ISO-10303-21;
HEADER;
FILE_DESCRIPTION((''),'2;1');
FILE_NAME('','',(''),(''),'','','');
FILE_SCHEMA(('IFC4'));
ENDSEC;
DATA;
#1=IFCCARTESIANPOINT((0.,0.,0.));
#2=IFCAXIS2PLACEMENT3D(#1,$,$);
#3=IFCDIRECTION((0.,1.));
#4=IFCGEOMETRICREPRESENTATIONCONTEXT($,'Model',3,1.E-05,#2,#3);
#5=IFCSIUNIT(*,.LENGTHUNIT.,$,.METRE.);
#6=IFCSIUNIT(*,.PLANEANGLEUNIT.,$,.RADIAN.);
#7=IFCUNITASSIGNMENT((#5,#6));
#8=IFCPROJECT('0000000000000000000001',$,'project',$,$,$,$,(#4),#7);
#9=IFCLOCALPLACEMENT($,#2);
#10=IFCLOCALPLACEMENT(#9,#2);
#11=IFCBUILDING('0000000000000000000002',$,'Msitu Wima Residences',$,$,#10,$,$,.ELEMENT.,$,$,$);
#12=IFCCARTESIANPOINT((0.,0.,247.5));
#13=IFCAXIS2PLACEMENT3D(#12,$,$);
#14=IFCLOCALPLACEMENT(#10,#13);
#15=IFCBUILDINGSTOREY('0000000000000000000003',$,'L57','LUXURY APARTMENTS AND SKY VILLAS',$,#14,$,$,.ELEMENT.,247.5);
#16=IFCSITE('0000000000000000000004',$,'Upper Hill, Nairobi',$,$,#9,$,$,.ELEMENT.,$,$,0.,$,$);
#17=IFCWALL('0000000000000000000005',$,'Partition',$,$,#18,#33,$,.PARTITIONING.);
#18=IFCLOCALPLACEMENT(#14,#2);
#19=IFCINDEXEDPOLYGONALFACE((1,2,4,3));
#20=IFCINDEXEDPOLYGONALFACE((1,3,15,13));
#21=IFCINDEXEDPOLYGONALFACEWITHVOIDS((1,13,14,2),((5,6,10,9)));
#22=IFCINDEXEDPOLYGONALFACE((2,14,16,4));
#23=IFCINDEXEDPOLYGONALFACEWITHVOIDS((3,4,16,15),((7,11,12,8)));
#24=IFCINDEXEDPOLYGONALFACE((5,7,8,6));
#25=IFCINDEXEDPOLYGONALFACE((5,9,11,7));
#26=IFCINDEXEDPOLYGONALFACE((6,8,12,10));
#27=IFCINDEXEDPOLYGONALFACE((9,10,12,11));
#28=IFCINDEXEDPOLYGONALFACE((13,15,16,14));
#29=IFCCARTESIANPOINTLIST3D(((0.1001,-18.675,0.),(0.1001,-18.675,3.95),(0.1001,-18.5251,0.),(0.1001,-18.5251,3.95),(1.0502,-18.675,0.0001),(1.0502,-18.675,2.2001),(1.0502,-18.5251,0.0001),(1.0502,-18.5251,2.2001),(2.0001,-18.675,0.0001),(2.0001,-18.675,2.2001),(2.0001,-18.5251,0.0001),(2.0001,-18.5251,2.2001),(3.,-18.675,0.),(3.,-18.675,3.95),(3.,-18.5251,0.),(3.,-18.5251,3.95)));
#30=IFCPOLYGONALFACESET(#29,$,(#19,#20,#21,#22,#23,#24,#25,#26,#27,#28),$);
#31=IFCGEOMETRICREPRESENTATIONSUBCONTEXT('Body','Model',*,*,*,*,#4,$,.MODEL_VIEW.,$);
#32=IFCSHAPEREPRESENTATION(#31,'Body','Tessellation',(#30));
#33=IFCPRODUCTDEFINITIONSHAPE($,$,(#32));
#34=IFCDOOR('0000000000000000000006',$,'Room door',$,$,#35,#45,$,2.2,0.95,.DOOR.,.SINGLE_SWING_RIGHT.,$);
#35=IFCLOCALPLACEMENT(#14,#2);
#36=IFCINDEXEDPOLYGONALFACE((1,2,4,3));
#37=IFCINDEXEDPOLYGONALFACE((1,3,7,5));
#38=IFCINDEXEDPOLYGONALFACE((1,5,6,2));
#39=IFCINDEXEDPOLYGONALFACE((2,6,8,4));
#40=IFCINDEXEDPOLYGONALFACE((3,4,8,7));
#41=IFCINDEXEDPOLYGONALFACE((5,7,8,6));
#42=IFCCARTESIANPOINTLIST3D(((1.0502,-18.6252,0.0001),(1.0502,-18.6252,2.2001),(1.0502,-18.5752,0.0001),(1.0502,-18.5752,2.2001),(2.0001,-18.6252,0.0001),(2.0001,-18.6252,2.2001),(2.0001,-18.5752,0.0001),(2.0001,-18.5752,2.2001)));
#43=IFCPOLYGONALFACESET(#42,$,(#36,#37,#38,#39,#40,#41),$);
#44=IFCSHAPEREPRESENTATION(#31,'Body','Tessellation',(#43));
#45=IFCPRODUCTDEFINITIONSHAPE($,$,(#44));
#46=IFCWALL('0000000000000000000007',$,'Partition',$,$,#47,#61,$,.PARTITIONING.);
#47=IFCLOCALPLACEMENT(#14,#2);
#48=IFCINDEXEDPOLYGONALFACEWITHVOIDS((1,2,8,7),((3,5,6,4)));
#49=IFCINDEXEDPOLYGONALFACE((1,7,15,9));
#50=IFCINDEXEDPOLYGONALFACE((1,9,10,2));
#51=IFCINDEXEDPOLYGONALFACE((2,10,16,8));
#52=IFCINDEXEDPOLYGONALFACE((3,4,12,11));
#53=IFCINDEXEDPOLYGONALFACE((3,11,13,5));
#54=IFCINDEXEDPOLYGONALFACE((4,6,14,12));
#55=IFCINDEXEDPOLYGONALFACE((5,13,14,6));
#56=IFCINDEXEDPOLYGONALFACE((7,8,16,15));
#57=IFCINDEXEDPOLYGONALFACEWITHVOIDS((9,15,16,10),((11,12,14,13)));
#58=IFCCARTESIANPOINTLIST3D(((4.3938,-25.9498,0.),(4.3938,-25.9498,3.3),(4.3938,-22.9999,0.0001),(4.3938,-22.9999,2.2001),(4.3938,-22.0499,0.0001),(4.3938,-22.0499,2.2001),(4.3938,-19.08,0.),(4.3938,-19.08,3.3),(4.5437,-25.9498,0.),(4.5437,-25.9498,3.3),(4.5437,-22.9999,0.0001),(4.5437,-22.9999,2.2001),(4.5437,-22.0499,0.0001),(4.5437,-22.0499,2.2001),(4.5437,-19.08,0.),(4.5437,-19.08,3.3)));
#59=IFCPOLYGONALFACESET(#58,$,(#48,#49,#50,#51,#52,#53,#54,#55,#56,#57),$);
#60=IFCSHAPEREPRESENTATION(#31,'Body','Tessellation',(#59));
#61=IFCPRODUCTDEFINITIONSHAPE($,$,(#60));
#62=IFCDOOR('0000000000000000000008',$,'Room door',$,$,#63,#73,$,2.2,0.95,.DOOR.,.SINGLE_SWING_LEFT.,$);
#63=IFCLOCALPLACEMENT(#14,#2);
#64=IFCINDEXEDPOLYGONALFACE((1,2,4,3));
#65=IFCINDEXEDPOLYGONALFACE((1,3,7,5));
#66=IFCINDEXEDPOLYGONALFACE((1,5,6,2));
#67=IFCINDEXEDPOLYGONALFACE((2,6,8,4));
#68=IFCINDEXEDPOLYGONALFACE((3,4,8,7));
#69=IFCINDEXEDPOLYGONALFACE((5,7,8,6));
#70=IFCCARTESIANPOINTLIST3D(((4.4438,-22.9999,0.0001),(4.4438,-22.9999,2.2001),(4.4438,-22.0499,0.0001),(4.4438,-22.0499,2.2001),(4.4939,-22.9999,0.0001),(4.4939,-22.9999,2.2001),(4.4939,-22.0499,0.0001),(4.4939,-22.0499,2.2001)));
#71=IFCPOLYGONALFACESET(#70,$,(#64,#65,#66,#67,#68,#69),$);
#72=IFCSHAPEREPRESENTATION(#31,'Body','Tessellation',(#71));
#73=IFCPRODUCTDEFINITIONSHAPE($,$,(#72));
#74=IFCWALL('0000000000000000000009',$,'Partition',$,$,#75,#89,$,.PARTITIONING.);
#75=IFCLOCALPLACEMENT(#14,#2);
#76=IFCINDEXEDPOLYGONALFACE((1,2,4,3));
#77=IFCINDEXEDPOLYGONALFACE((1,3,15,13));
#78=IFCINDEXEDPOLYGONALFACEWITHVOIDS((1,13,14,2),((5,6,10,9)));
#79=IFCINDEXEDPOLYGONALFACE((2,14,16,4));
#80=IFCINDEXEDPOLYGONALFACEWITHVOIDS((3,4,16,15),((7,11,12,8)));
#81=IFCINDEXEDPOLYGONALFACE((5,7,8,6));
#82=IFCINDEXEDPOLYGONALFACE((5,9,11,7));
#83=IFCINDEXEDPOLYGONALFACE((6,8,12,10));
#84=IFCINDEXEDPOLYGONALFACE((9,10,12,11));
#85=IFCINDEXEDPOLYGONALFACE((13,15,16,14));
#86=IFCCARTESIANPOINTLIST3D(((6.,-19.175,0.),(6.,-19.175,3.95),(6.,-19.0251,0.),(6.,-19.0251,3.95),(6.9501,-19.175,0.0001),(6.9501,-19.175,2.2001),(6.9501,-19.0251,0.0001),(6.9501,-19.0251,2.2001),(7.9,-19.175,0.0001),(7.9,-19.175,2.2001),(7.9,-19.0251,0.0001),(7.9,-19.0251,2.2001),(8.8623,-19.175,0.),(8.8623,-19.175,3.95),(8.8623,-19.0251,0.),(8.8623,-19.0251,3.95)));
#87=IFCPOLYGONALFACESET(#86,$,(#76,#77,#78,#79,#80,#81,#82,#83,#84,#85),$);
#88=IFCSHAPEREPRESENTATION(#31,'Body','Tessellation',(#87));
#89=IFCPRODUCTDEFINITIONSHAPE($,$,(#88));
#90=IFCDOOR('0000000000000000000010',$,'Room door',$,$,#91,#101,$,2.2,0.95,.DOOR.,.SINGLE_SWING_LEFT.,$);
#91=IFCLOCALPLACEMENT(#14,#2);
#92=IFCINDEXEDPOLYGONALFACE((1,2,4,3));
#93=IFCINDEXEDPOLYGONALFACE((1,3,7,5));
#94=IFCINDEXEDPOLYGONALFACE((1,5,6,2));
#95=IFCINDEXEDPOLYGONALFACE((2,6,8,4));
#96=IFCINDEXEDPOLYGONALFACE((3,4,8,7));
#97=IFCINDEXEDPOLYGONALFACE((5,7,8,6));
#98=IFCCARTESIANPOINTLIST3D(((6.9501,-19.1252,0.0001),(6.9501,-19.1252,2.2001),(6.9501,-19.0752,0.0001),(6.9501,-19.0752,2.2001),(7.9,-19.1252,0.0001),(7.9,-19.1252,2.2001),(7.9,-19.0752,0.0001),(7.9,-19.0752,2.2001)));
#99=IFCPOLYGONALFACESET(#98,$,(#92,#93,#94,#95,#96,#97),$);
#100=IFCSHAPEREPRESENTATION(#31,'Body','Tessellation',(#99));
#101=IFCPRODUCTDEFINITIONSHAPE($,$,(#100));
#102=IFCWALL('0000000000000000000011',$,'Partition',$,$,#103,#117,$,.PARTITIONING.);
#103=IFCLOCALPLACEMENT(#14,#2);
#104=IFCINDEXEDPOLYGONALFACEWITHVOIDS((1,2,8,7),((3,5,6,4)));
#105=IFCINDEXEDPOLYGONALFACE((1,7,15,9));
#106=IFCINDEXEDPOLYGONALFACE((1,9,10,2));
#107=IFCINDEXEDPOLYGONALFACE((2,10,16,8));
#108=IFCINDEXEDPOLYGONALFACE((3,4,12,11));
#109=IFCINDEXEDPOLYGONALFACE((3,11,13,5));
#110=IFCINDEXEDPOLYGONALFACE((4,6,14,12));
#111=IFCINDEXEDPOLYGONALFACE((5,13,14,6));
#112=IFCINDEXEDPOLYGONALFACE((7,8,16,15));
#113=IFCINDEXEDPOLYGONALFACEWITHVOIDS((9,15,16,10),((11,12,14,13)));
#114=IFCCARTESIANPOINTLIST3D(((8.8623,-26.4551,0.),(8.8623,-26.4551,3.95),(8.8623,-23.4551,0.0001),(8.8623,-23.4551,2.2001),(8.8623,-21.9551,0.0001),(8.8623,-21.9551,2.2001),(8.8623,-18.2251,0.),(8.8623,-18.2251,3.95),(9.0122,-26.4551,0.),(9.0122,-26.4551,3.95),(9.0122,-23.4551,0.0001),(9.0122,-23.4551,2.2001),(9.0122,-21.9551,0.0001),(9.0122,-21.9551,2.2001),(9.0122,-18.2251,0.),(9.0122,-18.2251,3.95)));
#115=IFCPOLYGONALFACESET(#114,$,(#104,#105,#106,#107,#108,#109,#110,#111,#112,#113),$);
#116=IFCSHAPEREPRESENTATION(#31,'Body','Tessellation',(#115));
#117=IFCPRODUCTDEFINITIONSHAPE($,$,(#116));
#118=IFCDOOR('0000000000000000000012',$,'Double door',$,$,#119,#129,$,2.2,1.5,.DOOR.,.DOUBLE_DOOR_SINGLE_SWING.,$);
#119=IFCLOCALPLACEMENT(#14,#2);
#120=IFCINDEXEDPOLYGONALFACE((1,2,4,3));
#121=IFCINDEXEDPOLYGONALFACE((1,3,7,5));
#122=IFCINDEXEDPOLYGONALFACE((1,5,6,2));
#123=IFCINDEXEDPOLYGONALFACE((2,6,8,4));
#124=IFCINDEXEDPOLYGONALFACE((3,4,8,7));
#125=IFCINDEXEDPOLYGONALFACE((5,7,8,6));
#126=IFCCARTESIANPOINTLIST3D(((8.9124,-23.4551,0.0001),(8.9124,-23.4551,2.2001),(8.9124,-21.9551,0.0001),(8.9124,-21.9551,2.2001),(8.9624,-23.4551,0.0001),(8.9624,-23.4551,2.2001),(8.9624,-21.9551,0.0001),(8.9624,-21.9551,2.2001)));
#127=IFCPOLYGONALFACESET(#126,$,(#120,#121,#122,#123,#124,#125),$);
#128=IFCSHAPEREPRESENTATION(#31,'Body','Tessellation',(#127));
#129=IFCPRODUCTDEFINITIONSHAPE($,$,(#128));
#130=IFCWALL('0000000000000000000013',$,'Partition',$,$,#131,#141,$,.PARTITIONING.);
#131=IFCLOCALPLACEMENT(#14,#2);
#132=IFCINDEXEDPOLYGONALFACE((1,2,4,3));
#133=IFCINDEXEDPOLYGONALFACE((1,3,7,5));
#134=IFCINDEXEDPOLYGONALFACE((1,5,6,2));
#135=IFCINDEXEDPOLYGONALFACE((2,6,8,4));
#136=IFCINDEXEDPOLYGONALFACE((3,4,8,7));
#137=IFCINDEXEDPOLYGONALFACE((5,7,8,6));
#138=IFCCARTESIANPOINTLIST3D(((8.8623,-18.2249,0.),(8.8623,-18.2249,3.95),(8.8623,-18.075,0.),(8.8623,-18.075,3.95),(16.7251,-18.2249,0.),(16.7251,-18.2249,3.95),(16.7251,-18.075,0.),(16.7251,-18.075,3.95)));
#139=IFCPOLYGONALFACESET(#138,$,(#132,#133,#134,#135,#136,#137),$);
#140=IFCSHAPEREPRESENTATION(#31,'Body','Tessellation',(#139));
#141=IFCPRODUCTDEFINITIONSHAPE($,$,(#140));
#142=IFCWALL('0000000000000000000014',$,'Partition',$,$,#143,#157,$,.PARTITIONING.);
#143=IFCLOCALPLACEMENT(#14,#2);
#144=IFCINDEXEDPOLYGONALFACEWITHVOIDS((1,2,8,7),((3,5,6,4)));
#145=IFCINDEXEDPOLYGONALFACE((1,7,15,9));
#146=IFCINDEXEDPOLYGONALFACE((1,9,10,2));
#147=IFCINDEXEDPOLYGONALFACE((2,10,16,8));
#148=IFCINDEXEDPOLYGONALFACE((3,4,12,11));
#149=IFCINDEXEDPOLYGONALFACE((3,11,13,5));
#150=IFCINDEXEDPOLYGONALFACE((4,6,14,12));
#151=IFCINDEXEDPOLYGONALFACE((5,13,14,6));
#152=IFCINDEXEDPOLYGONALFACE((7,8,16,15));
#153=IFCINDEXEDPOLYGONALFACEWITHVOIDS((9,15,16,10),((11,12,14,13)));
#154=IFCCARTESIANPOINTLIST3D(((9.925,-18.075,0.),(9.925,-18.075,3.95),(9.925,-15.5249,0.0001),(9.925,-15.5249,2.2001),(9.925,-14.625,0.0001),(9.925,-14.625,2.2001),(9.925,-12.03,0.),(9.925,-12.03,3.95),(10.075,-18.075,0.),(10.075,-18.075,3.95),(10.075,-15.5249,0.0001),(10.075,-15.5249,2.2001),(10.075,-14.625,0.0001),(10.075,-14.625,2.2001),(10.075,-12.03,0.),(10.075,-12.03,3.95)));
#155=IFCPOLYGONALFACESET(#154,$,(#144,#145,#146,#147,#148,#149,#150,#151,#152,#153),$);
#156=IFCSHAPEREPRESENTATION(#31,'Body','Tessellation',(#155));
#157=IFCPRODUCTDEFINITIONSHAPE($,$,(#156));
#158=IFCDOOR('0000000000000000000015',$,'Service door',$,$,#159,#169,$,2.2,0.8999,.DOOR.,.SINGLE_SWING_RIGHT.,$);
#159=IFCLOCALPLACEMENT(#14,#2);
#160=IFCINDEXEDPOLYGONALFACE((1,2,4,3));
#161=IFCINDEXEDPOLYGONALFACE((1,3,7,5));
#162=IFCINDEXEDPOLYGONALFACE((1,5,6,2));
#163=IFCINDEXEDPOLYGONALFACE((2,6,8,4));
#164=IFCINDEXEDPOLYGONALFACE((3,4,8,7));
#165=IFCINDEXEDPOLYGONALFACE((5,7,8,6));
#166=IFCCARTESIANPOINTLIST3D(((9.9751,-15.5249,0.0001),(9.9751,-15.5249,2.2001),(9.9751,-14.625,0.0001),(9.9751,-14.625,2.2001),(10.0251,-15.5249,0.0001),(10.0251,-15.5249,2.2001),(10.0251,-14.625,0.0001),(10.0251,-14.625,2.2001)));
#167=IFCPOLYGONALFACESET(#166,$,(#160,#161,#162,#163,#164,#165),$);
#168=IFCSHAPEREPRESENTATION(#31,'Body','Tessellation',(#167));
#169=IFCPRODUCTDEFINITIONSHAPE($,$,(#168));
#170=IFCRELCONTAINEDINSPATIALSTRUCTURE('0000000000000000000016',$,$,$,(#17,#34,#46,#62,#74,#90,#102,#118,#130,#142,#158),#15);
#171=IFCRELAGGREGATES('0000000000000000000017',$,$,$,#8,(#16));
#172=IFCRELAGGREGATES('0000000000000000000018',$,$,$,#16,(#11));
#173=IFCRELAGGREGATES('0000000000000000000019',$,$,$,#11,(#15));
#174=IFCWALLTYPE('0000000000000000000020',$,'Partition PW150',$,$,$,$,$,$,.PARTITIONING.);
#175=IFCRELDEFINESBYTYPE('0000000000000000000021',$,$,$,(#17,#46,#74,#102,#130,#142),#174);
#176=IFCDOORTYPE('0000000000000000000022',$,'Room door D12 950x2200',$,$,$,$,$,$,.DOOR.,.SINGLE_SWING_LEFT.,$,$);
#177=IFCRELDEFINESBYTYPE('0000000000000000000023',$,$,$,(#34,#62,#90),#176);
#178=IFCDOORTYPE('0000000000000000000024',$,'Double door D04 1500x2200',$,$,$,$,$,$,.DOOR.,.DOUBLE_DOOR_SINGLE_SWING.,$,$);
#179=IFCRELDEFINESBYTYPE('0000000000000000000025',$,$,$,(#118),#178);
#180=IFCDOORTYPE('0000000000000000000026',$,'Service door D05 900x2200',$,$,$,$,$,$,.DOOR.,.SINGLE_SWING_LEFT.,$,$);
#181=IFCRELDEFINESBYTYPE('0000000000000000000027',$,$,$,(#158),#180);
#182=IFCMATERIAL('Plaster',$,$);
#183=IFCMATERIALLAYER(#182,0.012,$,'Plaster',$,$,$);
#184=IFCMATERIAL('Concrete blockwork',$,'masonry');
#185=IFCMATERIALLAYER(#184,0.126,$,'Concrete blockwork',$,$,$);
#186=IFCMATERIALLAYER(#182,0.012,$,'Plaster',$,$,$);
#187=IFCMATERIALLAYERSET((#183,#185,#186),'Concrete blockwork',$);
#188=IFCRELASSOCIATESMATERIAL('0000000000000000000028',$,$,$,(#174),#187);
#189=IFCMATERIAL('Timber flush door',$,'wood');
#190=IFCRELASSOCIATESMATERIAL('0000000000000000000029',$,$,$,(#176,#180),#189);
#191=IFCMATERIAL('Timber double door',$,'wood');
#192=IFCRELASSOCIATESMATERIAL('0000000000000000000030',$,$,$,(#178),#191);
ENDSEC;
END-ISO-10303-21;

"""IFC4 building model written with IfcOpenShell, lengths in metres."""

from ifc_helpers import new_model, si_unit, direction, frame, frame_2d, origin, place, context, subcontext, project, spatial, rectangle, extrude, material, layer, layer_set, type_object, element, fill, save


model = new_model("IFC4")

# Units and contexts
model_context = context("Model", 3, precision=1e-05, world=origin(), true_north=direction((0.0, 1.0)))
body_context = subcontext(model_context, "Body", "Model", "MODEL_VIEW")
ifc_project = project(units=[si_unit("LENGTHUNIT", "METRE"), si_unit("PLANEANGLEUNIT", "RADIAN")], contexts=[model_context])

# Site, building, storey
site_placement = place(None, origin())
site = spatial("IfcSite", under=ifc_project, at=site_placement, Name="Upper Hill, Nairobi", CompositionType="ELEMENT", RefElevation=0.0)
building_placement = place(site_placement, origin())
building = spatial("IfcBuilding", under=site, at=building_placement, Name="Msitu Wima Residences", CompositionType="ELEMENT")
storey_placement = place(building_placement, frame((0.0, 0.0, 247.5)))
storey = spatial("IfcBuildingStorey", under=building, at=storey_placement, Name="L57", Description="LUXURY APARTMENTS AND SKY VILLAS", CompositionType="ELEMENT", Elevation=247.5)

# Walls, openings, doors
ifc_material_1 = material(Name="Plaster")
ifc_layer_1 = layer(ifc_material_1, 0.012, Name="Plaster")
ifc_material_2 = material(Name="Concrete blockwork", Category="masonry")
ifc_layer_2 = layer(ifc_material_2, 0.126, Name="Concrete blockwork")
ifc_layer_3 = layer(ifc_material_1, 0.012, Name="Plaster")
ifc_layer_set_1 = layer_set([ifc_layer_1, ifc_layer_2, ifc_layer_3], Name="Concrete blockwork")
wall_type_1 = type_object("IfcWallType", Name="Partition PW150", PredefinedType="PARTITIONING", material=ifc_layer_set_1)
wall_1_placement = place(storey_placement, frame((0.1001, -18.6001, 0.0), z_axis=(0.0, 0.0, 1.0), x_axis=(1.0, 0.0, 0.0)))
wall_1 = element("IfcWall", 1, at=wall_1_placement, inside=storey, type_object=wall_type_1, Name="Partition", PredefinedType="PARTITIONING", context=body_context, shape_type="SweptSolid", body=[
    extrude(rectangle(XDim=2.8999, YDim=0.1499, at=frame_2d((1.45, 0.0))), origin(), (0.0, 0.0, 1.0), 3.95),
])
opening_1_placement = place(wall_1_placement, frame((0.95, 0.0, 0.0)))
opening_1 = element("IfcOpeningElement", 2, at=opening_1_placement, cuts=wall_1, PredefinedType="OPENING", context=body_context, shape_type="SweptSolid", body=[
    extrude(rectangle(XDim=0.95, YDim=2.2, at=frame_2d((0.4751, 1.1001))), frame((0.0, 0.085, 0.0), z_axis=(0.0, -1.0, 0.0), x_axis=(1.0, 0.0, 0.0)), (0.0, 0.0, 1.0), 0.1699),
])
ifc_material_3 = material(Name="Timber flush door", Category="wood")
door_type_1 = type_object("IfcDoorType", Name="Room door D12 950x2200", OperationType="SINGLE_SWING_LEFT", PredefinedType="DOOR", material=ifc_material_3)
door_1_placement = place(opening_1_placement, origin())
door_1 = element("IfcDoor", 3, at=door_1_placement, inside=storey, type_object=door_type_1, Name="Room door", OperationType="SINGLE_SWING_RIGHT", OverallHeight=2.2, OverallWidth=0.95, PredefinedType="DOOR", context=body_context, shape_type="SweptSolid", body=[
    extrude(rectangle(XDim=0.95, YDim=2.2, at=frame_2d((0.4751, 1.1001))), frame((0.0, 0.0249, 0.0), z_axis=(0.0, -1.0, 0.0), x_axis=(1.0, 0.0, 0.0)), (0.0, 0.0, 1.0), 0.05),
])
fill(opening_1, door_1)
wall_2_placement = place(storey_placement, frame((4.4688, -25.95, 0.0), z_axis=(0.0, 0.0, 1.0), x_axis=(0.0, 1.0, 0.0)))
wall_2 = element("IfcWall", 4, at=wall_2_placement, inside=storey, type_object=wall_type_1, Name="Partition", PredefinedType="PARTITIONING", context=body_context, shape_type="SweptSolid", body=[
    extrude(rectangle(XDim=6.8699, YDim=0.1499, at=frame_2d((3.4351, 0.0))), origin(), (0.0, 0.0, 1.0), 3.3),
])
opening_2_placement = place(wall_2_placement, frame((2.95, 0.0, 0.0)))
opening_2 = element("IfcOpeningElement", 5, at=opening_2_placement, cuts=wall_2, PredefinedType="OPENING", context=body_context, shape_type="SweptSolid", body=[
    extrude(rectangle(XDim=0.95, YDim=2.2, at=frame_2d((0.4751, 1.1001))), frame((0.0, 0.085, 0.0), z_axis=(0.0, -1.0, 0.0), x_axis=(1.0, 0.0, 0.0)), (0.0, 0.0, 1.0), 0.1699),
])
door_2_placement = place(opening_2_placement, origin())
door_2 = element("IfcDoor", 6, at=door_2_placement, inside=storey, type_object=door_type_1, Name="Room door", OperationType="SINGLE_SWING_LEFT", OverallHeight=2.2, OverallWidth=0.95, PredefinedType="DOOR", context=body_context, shape_type="SweptSolid", body=[
    extrude(rectangle(XDim=0.95, YDim=2.2, at=frame_2d((0.4751, 1.1001))), frame((0.0, 0.0249, 0.0), z_axis=(0.0, -1.0, 0.0), x_axis=(1.0, 0.0, 0.0)), (0.0, 0.0, 1.0), 0.05),
])
fill(opening_2, door_2)
wall_3_placement = place(storey_placement, frame((6.0, -19.1001, 0.0), z_axis=(0.0, 0.0, 1.0), x_axis=(1.0, 0.0, 0.0)))
wall_3 = element("IfcWall", 7, at=wall_3_placement, inside=storey, type_object=wall_type_1, Name="Partition", PredefinedType="PARTITIONING", context=body_context, shape_type="SweptSolid", body=[
    extrude(rectangle(XDim=2.8623, YDim=0.1499, at=frame_2d((1.4312, 0.0))), origin(), (0.0, 0.0, 1.0), 3.95),
])
opening_3_placement = place(wall_3_placement, frame((0.95, 0.0, 0.0)))
opening_3 = element("IfcOpeningElement", 8, at=opening_3_placement, cuts=wall_3, PredefinedType="OPENING", context=body_context, shape_type="SweptSolid", body=[
    extrude(rectangle(XDim=0.95, YDim=2.2, at=frame_2d((0.4751, 1.1001))), frame((0.0, 0.085, 0.0), z_axis=(0.0, -1.0, 0.0), x_axis=(1.0, 0.0, 0.0)), (0.0, 0.0, 1.0), 0.1699),
])
door_3_placement = place(opening_3_placement, origin())
door_3 = element("IfcDoor", 9, at=door_3_placement, inside=storey, type_object=door_type_1, Name="Room door", OperationType="SINGLE_SWING_LEFT", OverallHeight=2.2, OverallWidth=0.95, PredefinedType="DOOR", context=body_context, shape_type="SweptSolid", body=[
    extrude(rectangle(XDim=0.95, YDim=2.2, at=frame_2d((0.4751, 1.1001))), frame((0.0, 0.0249, 0.0), z_axis=(0.0, -1.0, 0.0), x_axis=(1.0, 0.0, 0.0)), (0.0, 0.0, 1.0), 0.05),
])
fill(opening_3, door_3)
wall_4_placement = place(storey_placement, frame((8.9373, -26.4551, 0.0), z_axis=(0.0, 0.0, 1.0), x_axis=(0.0, 1.0, 0.0)))
wall_4 = element("IfcWall", 10, at=wall_4_placement, inside=storey, type_object=wall_type_1, Name="Partition", PredefinedType="PARTITIONING", context=body_context, shape_type="SweptSolid", body=[
    extrude(rectangle(XDim=8.23, YDim=0.1499, at=frame_2d((4.115, 0.0))), origin(), (0.0, 0.0, 1.0), 3.95),
])
opening_4_placement = place(wall_4_placement, frame((3.0, 0.0, 0.0)))
opening_4 = element("IfcOpeningElement", 11, at=opening_4_placement, cuts=wall_4, PredefinedType="OPENING", context=body_context, shape_type="SweptSolid", body=[
    extrude(rectangle(XDim=1.5, YDim=2.2, at=frame_2d((0.75, 1.1001))), frame((0.0, 0.085, 0.0), z_axis=(0.0, -1.0, 0.0), x_axis=(1.0, 0.0, 0.0)), (0.0, 0.0, 1.0), 0.1699),
])
ifc_material_4 = material(Name="Timber double door", Category="wood")
door_type_2 = type_object("IfcDoorType", Name="Double door D04 1500x2200", OperationType="DOUBLE_DOOR_SINGLE_SWING", PredefinedType="DOOR", material=ifc_material_4)
door_4_placement = place(opening_4_placement, origin())
door_4 = element("IfcDoor", 12, at=door_4_placement, inside=storey, type_object=door_type_2, Name="Double door", OperationType="DOUBLE_DOOR_SINGLE_SWING", OverallHeight=2.2, OverallWidth=1.5, PredefinedType="DOOR", context=body_context, shape_type="SweptSolid", body=[
    extrude(rectangle(XDim=1.5, YDim=2.2, at=frame_2d((0.75, 1.1001))), frame((0.0, 0.0249, 0.0), z_axis=(0.0, -1.0, 0.0), x_axis=(1.0, 0.0, 0.0)), (0.0, 0.0, 1.0), 0.05),
])
fill(opening_4, door_4)

# Wall
wall_5_placement = place(storey_placement, frame((8.8623, -18.1499, 0.0), z_axis=(0.0, 0.0, 1.0), x_axis=(1.0, 0.0, 0.0)))
element("IfcWall", 13, at=wall_5_placement, inside=storey, type_object=wall_type_1, Name="Partition", PredefinedType="PARTITIONING", context=body_context, shape_type="SweptSolid", body=[
    extrude(rectangle(XDim=7.8628, YDim=0.1499, at=frame_2d((3.9314, 0.0))), origin(), (0.0, 0.0, 1.0), 3.95),
])

# Wall, opening, door
wall_6_placement = place(storey_placement, frame((10.0, -18.075, 0.0), z_axis=(0.0, 0.0, 1.0), x_axis=(0.0, 1.0, 0.0)))
wall_6 = element("IfcWall", 14, at=wall_6_placement, inside=storey, type_object=wall_type_1, Name="Partition", PredefinedType="PARTITIONING", context=body_context, shape_type="SweptSolid", body=[
    extrude(rectangle(XDim=6.0449, YDim=0.1499, at=frame_2d((3.0225, 0.0))), origin(), (0.0, 0.0, 1.0), 3.95),
])
opening_5_placement = place(wall_6_placement, frame((2.55, 0.0, 0.0)))
opening_5 = element("IfcOpeningElement", 15, at=opening_5_placement, cuts=wall_6, PredefinedType="OPENING", context=body_context, shape_type="SweptSolid", body=[
    extrude(rectangle(XDim=0.8999, YDim=2.2, at=frame_2d((0.45, 1.1001))), frame((0.0, 0.085, 0.0), z_axis=(0.0, -1.0, 0.0), x_axis=(1.0, 0.0, 0.0)), (0.0, 0.0, 1.0), 0.1699),
])
door_type_3 = type_object("IfcDoorType", Name="Service door D05 900x2200", OperationType="SINGLE_SWING_LEFT", PredefinedType="DOOR", material=ifc_material_3)
door_5_placement = place(opening_5_placement, origin())
door_5 = element("IfcDoor", 16, at=door_5_placement, inside=storey, type_object=door_type_3, Name="Service door", OperationType="SINGLE_SWING_RIGHT", OverallHeight=2.2, OverallWidth=0.8999, PredefinedType="DOOR", context=body_context, shape_type="SweptSolid", body=[
    extrude(rectangle(XDim=0.8999, YDim=2.2, at=frame_2d((0.45, 1.1001))), frame((0.0, 0.0249, 0.0), z_axis=(0.0, -1.0, 0.0), x_axis=(1.0, 0.0, 0.0)), (0.0, 0.0, 1.0), 0.05),
])
fill(opening_5, door_5)

save(model, "model.ifc")
